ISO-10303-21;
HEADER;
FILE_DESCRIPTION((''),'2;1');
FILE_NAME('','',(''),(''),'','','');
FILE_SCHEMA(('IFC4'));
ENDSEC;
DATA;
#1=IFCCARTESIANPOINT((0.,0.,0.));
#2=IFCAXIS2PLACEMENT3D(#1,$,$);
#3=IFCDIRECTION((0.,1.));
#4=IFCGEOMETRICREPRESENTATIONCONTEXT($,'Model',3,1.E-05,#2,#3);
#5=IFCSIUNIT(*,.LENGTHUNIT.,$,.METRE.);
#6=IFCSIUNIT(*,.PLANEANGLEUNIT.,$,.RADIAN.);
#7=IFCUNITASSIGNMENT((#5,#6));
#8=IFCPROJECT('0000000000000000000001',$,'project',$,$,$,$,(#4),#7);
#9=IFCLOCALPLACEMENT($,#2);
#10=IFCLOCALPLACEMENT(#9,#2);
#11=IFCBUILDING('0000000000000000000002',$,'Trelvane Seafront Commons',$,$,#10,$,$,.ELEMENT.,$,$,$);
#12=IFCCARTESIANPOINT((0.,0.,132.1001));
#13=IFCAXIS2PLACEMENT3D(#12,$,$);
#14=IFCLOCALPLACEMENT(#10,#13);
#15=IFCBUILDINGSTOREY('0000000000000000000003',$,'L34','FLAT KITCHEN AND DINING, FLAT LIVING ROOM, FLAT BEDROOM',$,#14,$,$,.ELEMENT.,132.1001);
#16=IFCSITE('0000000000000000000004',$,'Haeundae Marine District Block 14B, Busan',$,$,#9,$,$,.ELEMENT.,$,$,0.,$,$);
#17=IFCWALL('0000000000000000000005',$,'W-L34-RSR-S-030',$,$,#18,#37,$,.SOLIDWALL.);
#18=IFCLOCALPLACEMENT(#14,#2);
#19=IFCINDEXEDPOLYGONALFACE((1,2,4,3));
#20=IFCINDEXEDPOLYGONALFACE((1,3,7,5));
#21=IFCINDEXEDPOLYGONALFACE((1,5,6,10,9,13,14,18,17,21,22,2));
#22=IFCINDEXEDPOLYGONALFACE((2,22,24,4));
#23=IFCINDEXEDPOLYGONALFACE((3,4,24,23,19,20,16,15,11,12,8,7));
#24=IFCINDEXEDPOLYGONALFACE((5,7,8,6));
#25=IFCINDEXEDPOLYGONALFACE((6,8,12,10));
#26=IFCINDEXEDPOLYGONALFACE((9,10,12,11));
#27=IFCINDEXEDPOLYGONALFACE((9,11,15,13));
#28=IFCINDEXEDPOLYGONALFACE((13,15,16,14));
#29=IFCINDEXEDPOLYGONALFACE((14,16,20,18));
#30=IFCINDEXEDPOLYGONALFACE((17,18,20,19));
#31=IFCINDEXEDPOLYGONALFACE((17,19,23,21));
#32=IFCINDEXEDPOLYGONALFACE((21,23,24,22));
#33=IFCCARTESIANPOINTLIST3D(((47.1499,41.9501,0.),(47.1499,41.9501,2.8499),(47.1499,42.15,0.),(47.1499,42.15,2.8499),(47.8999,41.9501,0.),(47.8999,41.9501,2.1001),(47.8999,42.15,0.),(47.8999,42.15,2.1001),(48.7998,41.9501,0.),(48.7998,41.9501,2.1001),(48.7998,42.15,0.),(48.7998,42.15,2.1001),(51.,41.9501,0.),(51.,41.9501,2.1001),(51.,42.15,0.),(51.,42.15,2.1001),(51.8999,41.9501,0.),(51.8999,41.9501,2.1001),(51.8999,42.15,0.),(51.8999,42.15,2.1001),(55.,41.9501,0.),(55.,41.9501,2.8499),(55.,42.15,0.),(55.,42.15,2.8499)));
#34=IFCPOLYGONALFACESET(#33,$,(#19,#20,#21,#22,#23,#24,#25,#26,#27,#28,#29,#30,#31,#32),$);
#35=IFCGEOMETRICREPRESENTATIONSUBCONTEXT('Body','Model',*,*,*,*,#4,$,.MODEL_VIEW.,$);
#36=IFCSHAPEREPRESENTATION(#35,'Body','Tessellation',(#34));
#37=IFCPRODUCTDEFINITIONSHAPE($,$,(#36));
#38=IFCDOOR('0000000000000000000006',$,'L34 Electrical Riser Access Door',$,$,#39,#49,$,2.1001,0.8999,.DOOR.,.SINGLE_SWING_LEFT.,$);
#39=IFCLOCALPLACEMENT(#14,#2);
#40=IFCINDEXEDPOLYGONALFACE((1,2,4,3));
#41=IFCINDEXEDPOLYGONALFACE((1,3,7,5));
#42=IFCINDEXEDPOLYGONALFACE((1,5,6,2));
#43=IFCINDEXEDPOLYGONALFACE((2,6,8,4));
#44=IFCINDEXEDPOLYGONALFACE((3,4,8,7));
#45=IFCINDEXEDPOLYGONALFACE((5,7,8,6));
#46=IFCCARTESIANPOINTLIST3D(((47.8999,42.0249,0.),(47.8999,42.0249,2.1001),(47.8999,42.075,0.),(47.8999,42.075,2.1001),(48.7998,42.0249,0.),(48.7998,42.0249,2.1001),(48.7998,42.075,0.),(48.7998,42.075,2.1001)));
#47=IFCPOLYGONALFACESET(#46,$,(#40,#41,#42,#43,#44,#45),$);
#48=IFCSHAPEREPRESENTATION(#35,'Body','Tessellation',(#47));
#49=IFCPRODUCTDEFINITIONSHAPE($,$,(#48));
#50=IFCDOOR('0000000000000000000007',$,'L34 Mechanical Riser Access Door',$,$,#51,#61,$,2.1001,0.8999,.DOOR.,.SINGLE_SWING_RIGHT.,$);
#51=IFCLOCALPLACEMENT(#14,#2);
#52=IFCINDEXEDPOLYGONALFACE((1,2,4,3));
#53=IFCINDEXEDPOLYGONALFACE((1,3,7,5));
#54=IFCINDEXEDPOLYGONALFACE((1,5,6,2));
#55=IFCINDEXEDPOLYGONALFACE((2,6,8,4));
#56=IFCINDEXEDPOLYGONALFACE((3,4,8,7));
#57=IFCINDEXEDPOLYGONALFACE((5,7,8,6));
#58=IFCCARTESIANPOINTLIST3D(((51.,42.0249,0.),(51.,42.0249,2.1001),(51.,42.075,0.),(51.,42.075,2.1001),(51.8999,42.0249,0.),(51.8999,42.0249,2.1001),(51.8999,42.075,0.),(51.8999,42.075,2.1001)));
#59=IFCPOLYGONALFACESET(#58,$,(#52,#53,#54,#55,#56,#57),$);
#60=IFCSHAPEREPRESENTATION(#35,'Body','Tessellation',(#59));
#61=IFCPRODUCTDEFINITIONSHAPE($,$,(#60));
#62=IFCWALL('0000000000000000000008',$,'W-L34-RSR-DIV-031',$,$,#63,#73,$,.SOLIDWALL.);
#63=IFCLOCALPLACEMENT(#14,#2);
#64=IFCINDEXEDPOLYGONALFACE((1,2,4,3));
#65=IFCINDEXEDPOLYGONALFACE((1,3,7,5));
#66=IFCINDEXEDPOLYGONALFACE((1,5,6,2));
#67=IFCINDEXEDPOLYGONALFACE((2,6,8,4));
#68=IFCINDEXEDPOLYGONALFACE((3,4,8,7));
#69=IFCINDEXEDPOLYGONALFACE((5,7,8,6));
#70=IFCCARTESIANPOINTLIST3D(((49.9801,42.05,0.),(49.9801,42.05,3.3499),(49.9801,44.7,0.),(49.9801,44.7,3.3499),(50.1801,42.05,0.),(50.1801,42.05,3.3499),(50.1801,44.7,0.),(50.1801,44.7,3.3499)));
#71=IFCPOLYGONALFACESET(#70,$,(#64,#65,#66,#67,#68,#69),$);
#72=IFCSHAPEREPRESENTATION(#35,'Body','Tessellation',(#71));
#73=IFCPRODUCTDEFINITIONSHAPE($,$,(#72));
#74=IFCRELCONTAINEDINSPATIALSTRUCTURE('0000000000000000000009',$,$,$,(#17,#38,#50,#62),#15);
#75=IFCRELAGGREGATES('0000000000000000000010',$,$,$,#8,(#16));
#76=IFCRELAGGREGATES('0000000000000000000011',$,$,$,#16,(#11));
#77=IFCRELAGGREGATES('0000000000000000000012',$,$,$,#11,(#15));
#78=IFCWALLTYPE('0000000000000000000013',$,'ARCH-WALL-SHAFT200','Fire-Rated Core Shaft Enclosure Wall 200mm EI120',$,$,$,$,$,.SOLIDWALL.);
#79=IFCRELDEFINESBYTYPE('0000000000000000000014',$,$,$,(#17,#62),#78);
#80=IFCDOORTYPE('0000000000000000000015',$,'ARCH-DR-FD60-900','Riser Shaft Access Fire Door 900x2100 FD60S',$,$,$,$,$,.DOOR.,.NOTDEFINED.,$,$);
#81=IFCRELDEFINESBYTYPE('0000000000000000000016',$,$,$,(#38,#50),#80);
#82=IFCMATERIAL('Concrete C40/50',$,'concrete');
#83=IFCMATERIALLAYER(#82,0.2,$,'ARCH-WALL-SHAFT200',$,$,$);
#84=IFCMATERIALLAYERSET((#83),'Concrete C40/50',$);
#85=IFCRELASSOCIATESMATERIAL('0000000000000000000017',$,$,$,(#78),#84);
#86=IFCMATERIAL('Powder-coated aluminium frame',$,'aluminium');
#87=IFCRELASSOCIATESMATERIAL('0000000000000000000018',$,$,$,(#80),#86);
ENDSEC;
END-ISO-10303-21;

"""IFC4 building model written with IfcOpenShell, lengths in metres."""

from ifc_helpers import new_model, si_unit, direction, frame, frame_2d, origin, place, context, subcontext, project, spatial, rectangle, extrude, source, transform, mapped, material, layer, layer_set, type_object, element, fill, save


model = new_model("IFC4")

# Units and contexts
model_context = context("Model", 3, precision=1e-05, world=origin(), true_north=direction((0.0, 1.0)))
body_context = subcontext(model_context, "Body", "Model", "MODEL_VIEW")
ifc_project = project(units=[si_unit("LENGTHUNIT", "METRE"), si_unit("PLANEANGLEUNIT", "RADIAN")], contexts=[model_context])

# Site, building, storey
site_placement = place(None, origin())
site = spatial("IfcSite", under=ifc_project, at=site_placement, Name="Haeundae Marine District Block 14B, Busan", CompositionType="ELEMENT", RefElevation=0.0)
building_placement = place(site_placement, origin())
building = spatial("IfcBuilding", under=site, at=building_placement, Name="Trelvane Seafront Commons", CompositionType="ELEMENT")
storey_placement = place(building_placement, frame((0.0, 0.0, 132.1001)))
storey = spatial("IfcBuildingStorey", under=building, at=storey_placement, Name="L34", Description="FLAT KITCHEN AND DINING, FLAT LIVING ROOM, FLAT BEDROOM", CompositionType="ELEMENT", Elevation=132.1001)

# Shared definitions
ifc_material_1 = material(Name="Concrete C40/50", Category="concrete")
ifc_layer_1 = layer(ifc_material_1, 0.2, Name="ARCH-WALL-SHAFT200")
ifc_layer_set_1 = layer_set([ifc_layer_1], Name="Concrete C40/50")
wall_type_1 = type_object("IfcWallType", Name="ARCH-WALL-SHAFT200", Description="Fire-Rated Core Shaft Enclosure Wall 200mm EI120", PredefinedType="SOLIDWALL", material=ifc_layer_set_1)

# Wall, openings, doors
wall_1_placement = place(storey_placement, frame((47.1499, 42.05, 0.0), z_axis=(0.0, 0.0, 1.0), x_axis=(1.0, 0.0, 0.0)))
wall_1 = element("IfcWall", 1, at=wall_1_placement, inside=storey, type_object=wall_type_1, Name="W-L34-RSR-S-030", PredefinedType="SOLIDWALL", context=body_context, shape_type="SweptSolid", body=[
    extrude(rectangle(XDim=7.8501, YDim=0.2, at=frame_2d((3.925, 0.0))), origin(), (0.0, 0.0, 1.0), 2.8499),
])
opening_1_placement = place(wall_1_placement, frame((0.75, 0.0, 0.0)))
opening_1 = element("IfcOpeningElement", 2, at=opening_1_placement, cuts=wall_1, PredefinedType="OPENING", context=body_context, shape_type="SweptSolid", body=[
    extrude(rectangle(XDim=0.8999, YDim=2.1001, at=frame_2d((0.45, 1.05))), frame((0.0, 0.1099, 0.0), z_axis=(0.0, -1.0, 0.0), x_axis=(1.0, 0.0, 0.0)), (0.0, 0.0, 1.0), 0.22),
])
opening_2_placement = place(wall_1_placement, frame((3.8501, 0.0, 0.0)))
opening_2 = element("IfcOpeningElement", 3, at=opening_2_placement, cuts=wall_1, PredefinedType="OPENING", context=body_context, shape_type="SweptSolid", body=[
    extrude(rectangle(XDim=0.8999, YDim=2.1001, at=frame_2d((0.45, 1.05))), frame((0.0, 0.1099, 0.0), z_axis=(0.0, -1.0, 0.0), x_axis=(1.0, 0.0, 0.0)), (0.0, 0.0, 1.0), 0.22),
])
ifc_material_2 = material(Name="Powder-coated aluminium frame", Category="aluminium")
door_type_1 = type_object("IfcDoorType", Name="ARCH-DR-FD60-900", Description="Riser Shaft Access Fire Door 900x2100 FD60S", OperationType="NOTDEFINED", PredefinedType="DOOR", material=ifc_material_2)
shared_shape_1 = source(origin(), body_context, "Body", "SweptSolid", [
    extrude(rectangle(XDim=0.8999, YDim=2.1001, at=frame_2d((0.45, 1.05))), frame((0.0, 0.0249, 0.0), z_axis=(0.0, -1.0, 0.0), x_axis=(1.0, 0.0, 0.0)), (0.0, 0.0, 1.0), 0.05),
])
door_1_placement = place(opening_1_placement, origin())
door_1 = element("IfcDoor", 4, at=door_1_placement, inside=storey, type_object=door_type_1, Name="L34 Electrical Riser Access Door", OperationType="SINGLE_SWING_LEFT", OverallHeight=2.1001, OverallWidth=0.8999, PredefinedType="DOOR", context=body_context, shape_type="MappedRepresentation", body=[
    mapped(shared_shape_1, transform((0.0, 0.0, 0.0), x_axis=(1.0, 0.0, 0.0), y_axis=(0.0, 1.0, 0.0), z_axis=(0.0, 0.0, 1.0), scale=1.0)),
])
fill(opening_1, door_1)
door_2_placement = place(opening_2_placement, origin())
door_2 = element("IfcDoor", 5, at=door_2_placement, inside=storey, type_object=door_type_1, Name="L34 Mechanical Riser Access Door", OperationType="SINGLE_SWING_RIGHT", OverallHeight=2.1001, OverallWidth=0.8999, PredefinedType="DOOR", context=body_context, shape_type="MappedRepresentation", body=[
    mapped(shared_shape_1, transform((0.0, 0.0, 0.0), x_axis=(1.0, 0.0, 0.0), y_axis=(0.0, 1.0, 0.0), z_axis=(0.0, 0.0, 1.0), scale=1.0)),
])
fill(opening_2, door_2)

# Wall
wall_2_placement = place(storey_placement, frame((50.0801, 42.05, 0.0), z_axis=(0.0, 0.0, 1.0), x_axis=(0.0, 1.0, 0.0)))
element("IfcWall", 6, at=wall_2_placement, inside=storey, type_object=wall_type_1, Name="W-L34-RSR-DIV-031", PredefinedType="SOLIDWALL", context=body_context, shape_type="SweptSolid", body=[
    extrude(rectangle(XDim=2.6499, YDim=0.2, at=frame_2d((1.325, 0.0))), origin(), (0.0, 0.0, 1.0), 3.3499),
])

save(model, "model.ifc")
